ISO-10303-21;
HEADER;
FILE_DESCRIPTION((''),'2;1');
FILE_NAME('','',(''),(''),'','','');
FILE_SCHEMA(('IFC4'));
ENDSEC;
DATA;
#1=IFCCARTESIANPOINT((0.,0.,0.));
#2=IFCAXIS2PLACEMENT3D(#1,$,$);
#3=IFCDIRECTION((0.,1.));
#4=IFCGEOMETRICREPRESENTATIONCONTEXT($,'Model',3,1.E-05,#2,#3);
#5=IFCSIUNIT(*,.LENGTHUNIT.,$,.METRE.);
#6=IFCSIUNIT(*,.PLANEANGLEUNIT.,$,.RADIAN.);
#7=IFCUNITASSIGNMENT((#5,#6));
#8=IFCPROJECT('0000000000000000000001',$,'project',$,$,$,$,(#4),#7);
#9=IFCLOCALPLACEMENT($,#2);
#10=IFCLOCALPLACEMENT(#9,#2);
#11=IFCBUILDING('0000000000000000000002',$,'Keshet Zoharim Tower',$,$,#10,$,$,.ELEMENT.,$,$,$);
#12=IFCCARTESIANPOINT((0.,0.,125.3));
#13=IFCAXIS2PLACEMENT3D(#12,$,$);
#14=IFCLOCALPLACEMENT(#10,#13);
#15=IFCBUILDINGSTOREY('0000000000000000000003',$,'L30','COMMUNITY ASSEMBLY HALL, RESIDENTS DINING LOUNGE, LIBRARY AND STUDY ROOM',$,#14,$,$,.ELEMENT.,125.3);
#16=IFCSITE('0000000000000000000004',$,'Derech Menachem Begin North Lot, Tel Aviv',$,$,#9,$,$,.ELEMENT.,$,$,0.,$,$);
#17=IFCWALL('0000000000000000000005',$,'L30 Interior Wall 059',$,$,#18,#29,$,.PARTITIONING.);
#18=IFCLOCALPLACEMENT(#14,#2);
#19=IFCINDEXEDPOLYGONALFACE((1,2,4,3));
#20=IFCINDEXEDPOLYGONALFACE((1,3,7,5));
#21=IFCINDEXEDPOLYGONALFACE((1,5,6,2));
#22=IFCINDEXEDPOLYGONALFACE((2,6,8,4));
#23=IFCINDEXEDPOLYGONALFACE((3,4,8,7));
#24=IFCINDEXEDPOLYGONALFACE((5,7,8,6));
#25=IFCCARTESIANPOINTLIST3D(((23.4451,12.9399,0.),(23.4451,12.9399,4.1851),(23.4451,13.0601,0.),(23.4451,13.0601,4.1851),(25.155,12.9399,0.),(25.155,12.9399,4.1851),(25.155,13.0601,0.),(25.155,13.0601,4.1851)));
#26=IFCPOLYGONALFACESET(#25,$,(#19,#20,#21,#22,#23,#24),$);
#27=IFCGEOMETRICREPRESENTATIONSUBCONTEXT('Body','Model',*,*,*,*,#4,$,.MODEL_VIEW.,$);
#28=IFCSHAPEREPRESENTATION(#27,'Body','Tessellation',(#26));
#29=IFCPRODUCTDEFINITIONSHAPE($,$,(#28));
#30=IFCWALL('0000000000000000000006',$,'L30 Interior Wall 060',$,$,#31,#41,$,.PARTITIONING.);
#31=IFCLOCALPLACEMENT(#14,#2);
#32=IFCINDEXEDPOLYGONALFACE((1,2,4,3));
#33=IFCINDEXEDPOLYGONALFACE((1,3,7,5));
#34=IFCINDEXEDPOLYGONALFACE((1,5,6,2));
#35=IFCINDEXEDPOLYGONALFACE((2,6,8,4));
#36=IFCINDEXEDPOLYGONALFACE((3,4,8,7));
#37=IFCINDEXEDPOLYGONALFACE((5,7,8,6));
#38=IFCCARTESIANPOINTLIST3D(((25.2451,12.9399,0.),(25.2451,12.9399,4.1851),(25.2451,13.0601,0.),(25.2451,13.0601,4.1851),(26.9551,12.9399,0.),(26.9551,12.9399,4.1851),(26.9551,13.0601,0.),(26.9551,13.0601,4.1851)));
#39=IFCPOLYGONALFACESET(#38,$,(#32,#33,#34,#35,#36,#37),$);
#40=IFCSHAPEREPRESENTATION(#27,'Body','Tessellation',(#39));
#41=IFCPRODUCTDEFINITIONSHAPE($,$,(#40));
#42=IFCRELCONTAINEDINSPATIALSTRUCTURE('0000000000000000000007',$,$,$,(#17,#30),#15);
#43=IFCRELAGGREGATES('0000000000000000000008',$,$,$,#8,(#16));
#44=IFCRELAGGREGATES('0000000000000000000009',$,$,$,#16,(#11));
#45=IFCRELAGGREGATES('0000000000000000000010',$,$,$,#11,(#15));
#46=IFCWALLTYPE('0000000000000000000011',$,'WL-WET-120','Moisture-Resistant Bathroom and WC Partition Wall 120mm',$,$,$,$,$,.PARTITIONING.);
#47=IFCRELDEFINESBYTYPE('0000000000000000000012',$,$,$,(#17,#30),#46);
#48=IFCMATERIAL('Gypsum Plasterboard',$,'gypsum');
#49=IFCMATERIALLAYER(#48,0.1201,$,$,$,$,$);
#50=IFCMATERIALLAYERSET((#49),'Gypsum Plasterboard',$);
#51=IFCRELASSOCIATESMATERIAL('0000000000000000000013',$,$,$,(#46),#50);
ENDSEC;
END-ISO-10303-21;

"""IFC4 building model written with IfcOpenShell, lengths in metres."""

from ifc_helpers import new_model, si_unit, direction, frame, frame_2d, origin, place, context, subcontext, project, spatial, rectangle, extrude, material, layer, layer_set, type_object, element, save


model = new_model("IFC4")

# Units and contexts
model_context = context("Model", 3, precision=1e-05, world=origin(), true_north=direction((0.0, 1.0)))
body_context = subcontext(model_context, "Body", "Model", "MODEL_VIEW")
ifc_project = project(units=[si_unit("LENGTHUNIT", "METRE"), si_unit("PLANEANGLEUNIT", "RADIAN")], contexts=[model_context])

# Site, building, storey
site_placement = place(None, origin())
site = spatial("IfcSite", under=ifc_project, at=site_placement, Name="Derech Menachem Begin North Lot, Tel Aviv", CompositionType="ELEMENT", RefElevation=0.0)
building_placement = place(site_placement, origin())
building = spatial("IfcBuilding", under=site, at=building_placement, Name="Keshet Zoharim Tower", CompositionType="ELEMENT")
storey_placement = place(building_placement, frame((0.0, 0.0, 125.3)))
storey = spatial("IfcBuildingStorey", under=building, at=storey_placement, Name="L30", Description="COMMUNITY ASSEMBLY HALL, RESIDENTS DINING LOUNGE, LIBRARY AND STUDY ROOM", CompositionType="ELEMENT", Elevation=125.3)

# Shared definitions
ifc_material_1 = material(Name="Gypsum Plasterboard", Category="gypsum")

# Walls
ifc_layer_1 = layer(ifc_material_1, 0.1201)
ifc_layer_set_1 = layer_set([ifc_layer_1], Name="Gypsum Plasterboard")
wall_type_1 = type_object("IfcWallType", Name="WL-WET-120", Description="Moisture-Resistant Bathroom and WC Partition Wall 120mm", PredefinedType="PARTITIONING", material=ifc_layer_set_1)
for number, where, z_axis, x_axis, name in (
    (1, (23.4451, 13.0, 0.0), (0.0, 0.0, 1.0), (1.0, 0.0, 0.0), "L30 Interior Wall 059"),
    (2, (25.2451, 13.0, 0.0), (0.0, 0.0, 1.0), (1.0, 0.0, 0.0), "L30 Interior Wall 060"),
):
    element("IfcWall", number, at=place(storey_placement, frame(where, z_axis=z_axis, x_axis=x_axis)), inside=storey, type_object=wall_type_1, Name=name, PredefinedType="PARTITIONING", context=body_context, shape_type="SweptSolid", body=[
        extrude(rectangle(XDim=1.71, YDim=0.1201, at=frame_2d((0.855, 0.0))), origin(), (0.0, 0.0, 1.0), 4.1851),
    ])

save(model, "model.ifc")
